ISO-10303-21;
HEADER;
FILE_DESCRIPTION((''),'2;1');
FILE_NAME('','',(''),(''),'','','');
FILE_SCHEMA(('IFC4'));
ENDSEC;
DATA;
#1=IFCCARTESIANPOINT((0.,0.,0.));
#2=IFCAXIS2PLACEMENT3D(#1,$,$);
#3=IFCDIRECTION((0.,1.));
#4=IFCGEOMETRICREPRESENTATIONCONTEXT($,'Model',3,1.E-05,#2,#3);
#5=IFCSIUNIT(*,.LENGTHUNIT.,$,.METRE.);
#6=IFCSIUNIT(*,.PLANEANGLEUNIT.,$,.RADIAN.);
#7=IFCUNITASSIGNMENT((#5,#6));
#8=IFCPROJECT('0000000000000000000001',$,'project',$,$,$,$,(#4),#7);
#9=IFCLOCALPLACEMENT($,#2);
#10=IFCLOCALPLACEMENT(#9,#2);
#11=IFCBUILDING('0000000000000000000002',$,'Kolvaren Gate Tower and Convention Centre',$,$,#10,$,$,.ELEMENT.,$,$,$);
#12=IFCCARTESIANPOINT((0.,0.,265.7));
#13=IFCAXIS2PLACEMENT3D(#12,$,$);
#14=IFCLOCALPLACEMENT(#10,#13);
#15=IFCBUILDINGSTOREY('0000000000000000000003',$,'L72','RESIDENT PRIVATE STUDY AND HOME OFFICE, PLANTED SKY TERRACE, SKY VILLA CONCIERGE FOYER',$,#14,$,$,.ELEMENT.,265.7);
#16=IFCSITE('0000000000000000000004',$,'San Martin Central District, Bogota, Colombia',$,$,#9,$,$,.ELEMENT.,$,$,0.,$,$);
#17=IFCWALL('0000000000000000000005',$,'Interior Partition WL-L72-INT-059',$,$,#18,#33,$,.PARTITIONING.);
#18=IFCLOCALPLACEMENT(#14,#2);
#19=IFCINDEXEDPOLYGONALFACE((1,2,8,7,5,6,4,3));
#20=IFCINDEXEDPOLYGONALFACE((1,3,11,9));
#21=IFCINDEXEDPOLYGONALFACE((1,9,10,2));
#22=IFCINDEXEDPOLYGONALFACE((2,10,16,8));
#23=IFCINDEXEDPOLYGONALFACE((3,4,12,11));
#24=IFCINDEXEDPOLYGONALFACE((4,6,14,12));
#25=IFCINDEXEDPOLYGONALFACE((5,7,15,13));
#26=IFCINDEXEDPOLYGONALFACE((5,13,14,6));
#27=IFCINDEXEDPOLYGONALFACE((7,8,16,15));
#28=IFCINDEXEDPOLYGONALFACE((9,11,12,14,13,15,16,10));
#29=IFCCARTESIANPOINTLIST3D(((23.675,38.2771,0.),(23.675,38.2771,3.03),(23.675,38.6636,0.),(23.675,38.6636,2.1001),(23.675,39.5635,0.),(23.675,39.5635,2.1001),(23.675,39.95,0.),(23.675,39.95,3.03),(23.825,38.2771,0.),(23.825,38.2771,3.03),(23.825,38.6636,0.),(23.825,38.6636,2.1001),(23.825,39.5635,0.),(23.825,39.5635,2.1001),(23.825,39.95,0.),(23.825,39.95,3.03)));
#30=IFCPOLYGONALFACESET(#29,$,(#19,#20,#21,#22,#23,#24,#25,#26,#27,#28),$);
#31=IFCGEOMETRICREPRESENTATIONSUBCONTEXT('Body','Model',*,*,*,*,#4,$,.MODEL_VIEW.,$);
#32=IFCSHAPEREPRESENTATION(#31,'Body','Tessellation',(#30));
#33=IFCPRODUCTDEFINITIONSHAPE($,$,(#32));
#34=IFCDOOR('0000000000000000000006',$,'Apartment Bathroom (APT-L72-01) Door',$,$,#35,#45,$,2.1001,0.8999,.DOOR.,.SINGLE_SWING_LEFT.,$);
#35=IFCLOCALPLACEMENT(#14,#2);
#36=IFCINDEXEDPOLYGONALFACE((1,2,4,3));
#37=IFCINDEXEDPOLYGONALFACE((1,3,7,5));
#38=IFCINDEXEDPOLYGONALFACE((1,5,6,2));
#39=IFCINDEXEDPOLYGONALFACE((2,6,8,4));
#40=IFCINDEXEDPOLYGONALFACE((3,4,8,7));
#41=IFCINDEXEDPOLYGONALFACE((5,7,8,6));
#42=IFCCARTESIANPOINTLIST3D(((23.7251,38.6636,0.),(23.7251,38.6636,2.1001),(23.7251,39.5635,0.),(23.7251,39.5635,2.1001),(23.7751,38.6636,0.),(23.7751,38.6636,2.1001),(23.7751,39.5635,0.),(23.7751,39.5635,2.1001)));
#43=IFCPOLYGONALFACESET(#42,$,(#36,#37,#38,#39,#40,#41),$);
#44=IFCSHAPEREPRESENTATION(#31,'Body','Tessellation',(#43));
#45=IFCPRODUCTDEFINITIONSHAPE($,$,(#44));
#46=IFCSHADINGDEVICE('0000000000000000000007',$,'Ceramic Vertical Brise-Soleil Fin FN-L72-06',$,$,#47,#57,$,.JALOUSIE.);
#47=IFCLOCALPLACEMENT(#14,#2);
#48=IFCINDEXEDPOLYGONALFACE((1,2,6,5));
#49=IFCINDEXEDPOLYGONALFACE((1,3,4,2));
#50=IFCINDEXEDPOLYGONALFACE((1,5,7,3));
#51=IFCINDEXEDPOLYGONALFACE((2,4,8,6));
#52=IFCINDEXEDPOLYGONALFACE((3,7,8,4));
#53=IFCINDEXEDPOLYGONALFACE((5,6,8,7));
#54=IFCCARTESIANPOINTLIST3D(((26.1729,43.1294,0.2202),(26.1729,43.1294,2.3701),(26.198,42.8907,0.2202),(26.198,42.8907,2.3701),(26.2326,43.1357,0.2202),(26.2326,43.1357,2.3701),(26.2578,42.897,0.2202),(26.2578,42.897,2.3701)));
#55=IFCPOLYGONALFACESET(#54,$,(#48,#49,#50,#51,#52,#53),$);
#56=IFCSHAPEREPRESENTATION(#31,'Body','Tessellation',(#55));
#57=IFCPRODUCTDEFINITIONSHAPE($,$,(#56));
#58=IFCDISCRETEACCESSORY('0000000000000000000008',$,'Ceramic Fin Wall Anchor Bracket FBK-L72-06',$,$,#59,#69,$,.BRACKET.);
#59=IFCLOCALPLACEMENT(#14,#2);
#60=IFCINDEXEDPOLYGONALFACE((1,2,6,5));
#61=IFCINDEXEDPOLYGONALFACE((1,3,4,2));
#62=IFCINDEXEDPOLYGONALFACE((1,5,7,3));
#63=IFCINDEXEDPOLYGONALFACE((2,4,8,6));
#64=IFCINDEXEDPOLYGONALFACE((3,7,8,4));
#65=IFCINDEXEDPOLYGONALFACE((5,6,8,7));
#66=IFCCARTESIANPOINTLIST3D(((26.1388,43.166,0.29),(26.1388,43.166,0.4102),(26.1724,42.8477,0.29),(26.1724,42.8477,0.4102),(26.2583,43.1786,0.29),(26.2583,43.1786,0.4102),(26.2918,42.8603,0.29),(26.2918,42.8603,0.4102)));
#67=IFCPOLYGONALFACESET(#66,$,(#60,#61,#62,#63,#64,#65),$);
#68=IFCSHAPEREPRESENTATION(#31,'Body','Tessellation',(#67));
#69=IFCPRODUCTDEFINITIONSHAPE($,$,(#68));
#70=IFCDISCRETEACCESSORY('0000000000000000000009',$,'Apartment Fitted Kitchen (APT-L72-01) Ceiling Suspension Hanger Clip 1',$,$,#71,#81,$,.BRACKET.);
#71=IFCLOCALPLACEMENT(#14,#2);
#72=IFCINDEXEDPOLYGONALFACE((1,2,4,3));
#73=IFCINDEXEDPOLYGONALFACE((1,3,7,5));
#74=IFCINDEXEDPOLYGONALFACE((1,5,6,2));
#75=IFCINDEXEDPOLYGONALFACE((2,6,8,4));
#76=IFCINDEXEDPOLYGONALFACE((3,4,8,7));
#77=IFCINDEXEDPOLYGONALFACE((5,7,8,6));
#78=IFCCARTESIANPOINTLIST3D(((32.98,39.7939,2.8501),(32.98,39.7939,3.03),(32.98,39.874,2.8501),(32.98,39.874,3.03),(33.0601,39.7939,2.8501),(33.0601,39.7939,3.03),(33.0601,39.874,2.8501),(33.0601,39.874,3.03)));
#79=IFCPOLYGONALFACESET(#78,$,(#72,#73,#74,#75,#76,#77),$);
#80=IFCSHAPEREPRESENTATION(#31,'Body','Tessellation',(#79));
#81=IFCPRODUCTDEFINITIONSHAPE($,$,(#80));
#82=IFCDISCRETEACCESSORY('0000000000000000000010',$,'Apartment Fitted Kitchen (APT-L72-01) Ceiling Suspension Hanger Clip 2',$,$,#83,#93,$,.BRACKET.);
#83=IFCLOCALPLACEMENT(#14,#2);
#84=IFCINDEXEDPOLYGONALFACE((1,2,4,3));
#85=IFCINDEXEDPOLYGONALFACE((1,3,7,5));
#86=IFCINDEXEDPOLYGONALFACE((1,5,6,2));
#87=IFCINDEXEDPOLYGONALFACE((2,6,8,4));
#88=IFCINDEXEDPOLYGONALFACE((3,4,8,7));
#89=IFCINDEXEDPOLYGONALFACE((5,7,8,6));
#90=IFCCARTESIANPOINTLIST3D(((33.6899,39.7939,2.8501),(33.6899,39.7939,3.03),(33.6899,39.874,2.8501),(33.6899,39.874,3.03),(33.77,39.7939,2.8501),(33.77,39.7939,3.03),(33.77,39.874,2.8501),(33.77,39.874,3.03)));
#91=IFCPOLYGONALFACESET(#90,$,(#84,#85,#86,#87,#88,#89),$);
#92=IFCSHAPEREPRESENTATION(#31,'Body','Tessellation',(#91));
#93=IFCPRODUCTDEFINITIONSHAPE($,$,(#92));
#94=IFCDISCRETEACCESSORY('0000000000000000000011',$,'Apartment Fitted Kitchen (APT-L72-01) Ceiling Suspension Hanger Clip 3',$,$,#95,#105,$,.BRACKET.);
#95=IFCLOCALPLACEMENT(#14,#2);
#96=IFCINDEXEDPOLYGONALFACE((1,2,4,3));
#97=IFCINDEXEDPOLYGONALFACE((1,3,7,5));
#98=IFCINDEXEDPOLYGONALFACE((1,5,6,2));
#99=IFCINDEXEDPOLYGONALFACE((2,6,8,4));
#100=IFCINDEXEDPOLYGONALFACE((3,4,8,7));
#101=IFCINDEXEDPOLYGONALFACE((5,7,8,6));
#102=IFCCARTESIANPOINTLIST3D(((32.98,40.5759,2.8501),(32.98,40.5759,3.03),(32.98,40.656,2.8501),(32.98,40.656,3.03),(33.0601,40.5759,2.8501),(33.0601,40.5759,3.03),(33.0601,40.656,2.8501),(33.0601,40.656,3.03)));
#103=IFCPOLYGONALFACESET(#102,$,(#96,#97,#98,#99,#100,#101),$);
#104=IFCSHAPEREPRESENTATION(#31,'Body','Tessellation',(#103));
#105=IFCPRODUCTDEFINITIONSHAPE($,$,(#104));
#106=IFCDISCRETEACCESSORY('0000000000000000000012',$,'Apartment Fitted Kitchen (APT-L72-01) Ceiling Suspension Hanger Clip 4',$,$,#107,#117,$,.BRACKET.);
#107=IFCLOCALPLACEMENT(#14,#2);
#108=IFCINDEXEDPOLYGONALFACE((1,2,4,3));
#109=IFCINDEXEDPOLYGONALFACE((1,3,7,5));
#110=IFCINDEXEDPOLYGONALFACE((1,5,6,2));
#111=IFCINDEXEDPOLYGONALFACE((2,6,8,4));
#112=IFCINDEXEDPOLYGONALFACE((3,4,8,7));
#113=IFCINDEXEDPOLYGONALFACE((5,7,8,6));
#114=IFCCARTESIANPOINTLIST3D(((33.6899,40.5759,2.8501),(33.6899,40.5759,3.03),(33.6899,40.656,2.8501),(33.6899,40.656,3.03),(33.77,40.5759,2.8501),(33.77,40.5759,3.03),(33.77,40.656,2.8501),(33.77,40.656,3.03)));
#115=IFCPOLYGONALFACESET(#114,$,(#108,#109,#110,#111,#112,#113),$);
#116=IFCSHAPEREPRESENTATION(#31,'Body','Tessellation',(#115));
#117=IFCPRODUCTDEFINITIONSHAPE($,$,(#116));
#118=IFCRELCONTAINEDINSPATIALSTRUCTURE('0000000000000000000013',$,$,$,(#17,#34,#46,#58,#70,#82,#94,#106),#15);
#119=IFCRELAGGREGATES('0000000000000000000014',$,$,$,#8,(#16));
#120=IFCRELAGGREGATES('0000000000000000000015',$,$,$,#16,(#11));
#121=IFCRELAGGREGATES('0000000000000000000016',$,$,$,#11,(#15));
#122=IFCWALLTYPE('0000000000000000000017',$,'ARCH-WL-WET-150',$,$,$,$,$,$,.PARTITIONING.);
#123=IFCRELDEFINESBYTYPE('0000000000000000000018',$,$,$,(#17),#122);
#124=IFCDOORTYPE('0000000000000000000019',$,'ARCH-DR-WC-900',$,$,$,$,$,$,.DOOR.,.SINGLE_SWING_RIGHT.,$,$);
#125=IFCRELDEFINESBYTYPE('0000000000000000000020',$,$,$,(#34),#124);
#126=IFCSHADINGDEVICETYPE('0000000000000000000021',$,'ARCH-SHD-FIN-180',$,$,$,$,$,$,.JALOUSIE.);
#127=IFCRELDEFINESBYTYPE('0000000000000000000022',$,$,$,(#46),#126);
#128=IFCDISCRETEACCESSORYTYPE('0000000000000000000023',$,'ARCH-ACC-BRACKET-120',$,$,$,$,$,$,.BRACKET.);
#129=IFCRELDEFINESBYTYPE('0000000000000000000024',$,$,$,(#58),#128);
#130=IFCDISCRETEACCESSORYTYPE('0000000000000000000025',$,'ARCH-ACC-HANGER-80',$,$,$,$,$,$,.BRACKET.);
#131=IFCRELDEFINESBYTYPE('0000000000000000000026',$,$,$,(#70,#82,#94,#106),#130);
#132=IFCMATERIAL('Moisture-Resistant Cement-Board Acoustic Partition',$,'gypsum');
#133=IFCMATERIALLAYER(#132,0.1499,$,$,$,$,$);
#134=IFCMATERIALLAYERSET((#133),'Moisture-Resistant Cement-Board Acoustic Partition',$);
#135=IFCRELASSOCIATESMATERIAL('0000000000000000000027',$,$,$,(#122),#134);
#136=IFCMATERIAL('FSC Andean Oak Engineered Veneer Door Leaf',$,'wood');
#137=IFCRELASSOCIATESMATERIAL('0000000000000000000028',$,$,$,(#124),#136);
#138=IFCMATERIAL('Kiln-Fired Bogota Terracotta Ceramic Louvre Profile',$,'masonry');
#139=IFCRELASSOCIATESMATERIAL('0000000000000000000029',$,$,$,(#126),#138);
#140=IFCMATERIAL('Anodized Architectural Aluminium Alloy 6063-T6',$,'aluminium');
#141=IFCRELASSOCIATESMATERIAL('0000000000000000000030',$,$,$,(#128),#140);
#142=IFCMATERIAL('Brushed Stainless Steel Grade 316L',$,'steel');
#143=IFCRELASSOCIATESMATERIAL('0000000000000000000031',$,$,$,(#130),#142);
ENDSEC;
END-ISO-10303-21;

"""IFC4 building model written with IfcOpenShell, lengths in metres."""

from ifc_helpers import new_model, si_unit, direction, frame, frame_2d, origin, origin_2d, place, context, subcontext, project, spatial, rectangle, extrude, material, layer, layer_set, type_object, element, fill, save


model = new_model("IFC4")

# Units and contexts
model_context = context("Model", 3, precision=1e-05, world=origin(), true_north=direction((0.0, 1.0)))
body_context = subcontext(model_context, "Body", "Model", "MODEL_VIEW")
ifc_project = project(units=[si_unit("LENGTHUNIT", "METRE"), si_unit("PLANEANGLEUNIT", "RADIAN")], contexts=[model_context])

# Site, building, storey
site_placement = place(None, origin())
site = spatial("IfcSite", under=ifc_project, at=site_placement, Name="San Martin Central District, Bogota, Colombia", CompositionType="ELEMENT", RefElevation=0.0)
building_placement = place(site_placement, origin())
building = spatial("IfcBuilding", under=site, at=building_placement, Name="Kolvaren Gate Tower and Convention Centre", CompositionType="ELEMENT")
storey_placement = place(building_placement, frame((0.0, 0.0, 265.7)))
storey = spatial("IfcBuildingStorey", under=building, at=storey_placement, Name="L72", Description="RESIDENT PRIVATE STUDY AND HOME OFFICE, PLANTED SKY TERRACE, SKY VILLA CONCIERGE FOYER", CompositionType="ELEMENT", Elevation=265.7)

# Shared definitions
ifc_material_1 = material(Name="FSC Andean Oak Engineered Veneer Door Leaf", Category="wood")

# Shared definitions
ifc_material_2 = material(Name="Moisture-Resistant Cement-Board Acoustic Partition", Category="gypsum")
ifc_layer_1 = layer(ifc_material_2, 0.1499)
ifc_layer_set_1 = layer_set([ifc_layer_1], Name="Moisture-Resistant Cement-Board Acoustic Partition")
wall_type_1 = type_object("IfcWallType", Name="ARCH-WL-WET-150", PredefinedType="PARTITIONING", material=ifc_layer_set_1)

# Wall, opening, door
wall_1_placement = place(storey_placement, frame((23.75, 38.2771, 0.0), z_axis=(0.0, 0.0, 1.0), x_axis=(0.0, 1.0, 0.0)))
wall_1 = element("IfcWall", 1, at=wall_1_placement, inside=storey, type_object=wall_type_1, Name="Interior Partition WL-L72-INT-059", PredefinedType="PARTITIONING", context=body_context, shape_type="SweptSolid", body=[
    extrude(rectangle(XDim=1.6729, YDim=0.1499, at=frame_2d((0.8364, 0.0))), origin(), (0.0, 0.0, 1.0), 3.03),
])
opening_1_placement = place(wall_1_placement, frame((0.3865, 0.0, 0.0)))
opening_1 = element("IfcOpeningElement", 2, at=opening_1_placement, cuts=wall_1, PredefinedType="OPENING", context=body_context, shape_type="SweptSolid", body=[
    extrude(rectangle(XDim=0.8999, YDim=2.1001, at=frame_2d((0.45, 1.05))), frame((0.0, 0.085, 0.0), z_axis=(0.0, -1.0, 0.0), x_axis=(1.0, 0.0, 0.0)), (0.0, 0.0, 1.0), 0.1699),
])
door_type_1 = type_object("IfcDoorType", Name="ARCH-DR-WC-900", OperationType="SINGLE_SWING_RIGHT", PredefinedType="DOOR", material=ifc_material_1)
door_1_placement = place(opening_1_placement, origin())
door_1 = element("IfcDoor", 3, at=door_1_placement, inside=storey, type_object=door_type_1, Name="Apartment Bathroom (APT-L72-01) Door", OperationType="SINGLE_SWING_LEFT", OverallHeight=2.1001, OverallWidth=0.8999, PredefinedType="DOOR", context=body_context, shape_type="SweptSolid", body=[
    extrude(rectangle(XDim=0.8999, YDim=2.1001, at=frame_2d((0.45, 1.05))), frame((0.0, 0.0249, 0.0), z_axis=(0.0, -1.0, 0.0), x_axis=(1.0, 0.0, 0.0)), (0.0, 0.0, 1.0), 0.05),
])
fill(opening_1, door_1)

# Shading device
ifc_material_3 = material(Name="Kiln-Fired Bogota Terracotta Ceramic Louvre Profile", Category="masonry")
shading_device_type = type_object("IfcShadingDeviceType", Name="ARCH-SHD-FIN-180", PredefinedType="JALOUSIE", material=ifc_material_3)
shading_device_placement = place(storey_placement, frame((26.2153, 43.0132, 0.2202), z_axis=(0.0, 0.0, 1.0), x_axis=(0.994499, 0.104749, 0.0)))
element("IfcShadingDevice", 4, at=shading_device_placement, inside=storey, type_object=shading_device_type, Name="Ceramic Vertical Brise-Soleil Fin FN-L72-06", PredefinedType="JALOUSIE", context=body_context, shape_type="SweptSolid", body=[
    extrude(rectangle(XDim=0.0601, YDim=0.24, at=origin_2d()), origin(), (0.0, 0.0, 1.0), 2.1499),
])

# Discrete accessories
ifc_material_4 = material(Name="Anodized Architectural Aluminium Alloy 6063-T6", Category="aluminium")
discrete_accessory_type_1 = type_object("IfcDiscreteAccessoryType", Name="ARCH-ACC-BRACKET-120", PredefinedType="BRACKET", material=ifc_material_4)
discrete_accessory_placement = place(storey_placement, frame((26.2153, 43.0132, 0.29), z_axis=(0.0, 0.0, 1.0), x_axis=(0.994499, 0.104749, 0.0)))
element("IfcDiscreteAccessory", 5, at=discrete_accessory_placement, inside=storey, type_object=discrete_accessory_type_1, Name="Ceramic Fin Wall Anchor Bracket FBK-L72-06", PredefinedType="BRACKET", context=body_context, shape_type="SweptSolid", body=[
    extrude(rectangle(XDim=0.1201, YDim=0.3201, at=origin_2d()), origin(), (0.0, 0.0, 1.0), 0.1201),
])
ifc_material_5 = material(Name="Brushed Stainless Steel Grade 316L", Category="steel")
discrete_accessory_type_2 = type_object("IfcDiscreteAccessoryType", Name="ARCH-ACC-HANGER-80", PredefinedType="BRACKET", material=ifc_material_5)
for number, where, z_axis, x_axis, name in (
    (6, (33.02, 39.834, 2.8501), (0.0, 0.0, 1.0), (1.0, 0.0, 0.0), "Apartment Fitted Kitchen (APT-L72-01) Ceiling Suspension Hanger Clip 1"),
    (7, (33.73, 39.834, 2.8501), (0.0, 0.0, 1.0), (1.0, 0.0, 0.0), "Apartment Fitted Kitchen (APT-L72-01) Ceiling Suspension Hanger Clip 2"),
    (8, (33.02, 40.616, 2.8501), (0.0, 0.0, 1.0), (1.0, 0.0, 0.0), "Apartment Fitted Kitchen (APT-L72-01) Ceiling Suspension Hanger Clip 3"),
    (9, (33.73, 40.616, 2.8501), (0.0, 0.0, 1.0), (1.0, 0.0, 0.0), "Apartment Fitted Kitchen (APT-L72-01) Ceiling Suspension Hanger Clip 4"),
):
    element("IfcDiscreteAccessory", number, at=place(storey_placement, frame(where, z_axis=z_axis, x_axis=x_axis)), inside=storey, type_object=discrete_accessory_type_2, Name=name, PredefinedType="BRACKET", context=body_context, shape_type="SweptSolid", body=[
        extrude(rectangle(XDim=0.0801, YDim=0.0801, at=origin_2d()), origin(), (0.0, 0.0, 1.0), 0.1799),
    ])

save(model, "model.ifc")
